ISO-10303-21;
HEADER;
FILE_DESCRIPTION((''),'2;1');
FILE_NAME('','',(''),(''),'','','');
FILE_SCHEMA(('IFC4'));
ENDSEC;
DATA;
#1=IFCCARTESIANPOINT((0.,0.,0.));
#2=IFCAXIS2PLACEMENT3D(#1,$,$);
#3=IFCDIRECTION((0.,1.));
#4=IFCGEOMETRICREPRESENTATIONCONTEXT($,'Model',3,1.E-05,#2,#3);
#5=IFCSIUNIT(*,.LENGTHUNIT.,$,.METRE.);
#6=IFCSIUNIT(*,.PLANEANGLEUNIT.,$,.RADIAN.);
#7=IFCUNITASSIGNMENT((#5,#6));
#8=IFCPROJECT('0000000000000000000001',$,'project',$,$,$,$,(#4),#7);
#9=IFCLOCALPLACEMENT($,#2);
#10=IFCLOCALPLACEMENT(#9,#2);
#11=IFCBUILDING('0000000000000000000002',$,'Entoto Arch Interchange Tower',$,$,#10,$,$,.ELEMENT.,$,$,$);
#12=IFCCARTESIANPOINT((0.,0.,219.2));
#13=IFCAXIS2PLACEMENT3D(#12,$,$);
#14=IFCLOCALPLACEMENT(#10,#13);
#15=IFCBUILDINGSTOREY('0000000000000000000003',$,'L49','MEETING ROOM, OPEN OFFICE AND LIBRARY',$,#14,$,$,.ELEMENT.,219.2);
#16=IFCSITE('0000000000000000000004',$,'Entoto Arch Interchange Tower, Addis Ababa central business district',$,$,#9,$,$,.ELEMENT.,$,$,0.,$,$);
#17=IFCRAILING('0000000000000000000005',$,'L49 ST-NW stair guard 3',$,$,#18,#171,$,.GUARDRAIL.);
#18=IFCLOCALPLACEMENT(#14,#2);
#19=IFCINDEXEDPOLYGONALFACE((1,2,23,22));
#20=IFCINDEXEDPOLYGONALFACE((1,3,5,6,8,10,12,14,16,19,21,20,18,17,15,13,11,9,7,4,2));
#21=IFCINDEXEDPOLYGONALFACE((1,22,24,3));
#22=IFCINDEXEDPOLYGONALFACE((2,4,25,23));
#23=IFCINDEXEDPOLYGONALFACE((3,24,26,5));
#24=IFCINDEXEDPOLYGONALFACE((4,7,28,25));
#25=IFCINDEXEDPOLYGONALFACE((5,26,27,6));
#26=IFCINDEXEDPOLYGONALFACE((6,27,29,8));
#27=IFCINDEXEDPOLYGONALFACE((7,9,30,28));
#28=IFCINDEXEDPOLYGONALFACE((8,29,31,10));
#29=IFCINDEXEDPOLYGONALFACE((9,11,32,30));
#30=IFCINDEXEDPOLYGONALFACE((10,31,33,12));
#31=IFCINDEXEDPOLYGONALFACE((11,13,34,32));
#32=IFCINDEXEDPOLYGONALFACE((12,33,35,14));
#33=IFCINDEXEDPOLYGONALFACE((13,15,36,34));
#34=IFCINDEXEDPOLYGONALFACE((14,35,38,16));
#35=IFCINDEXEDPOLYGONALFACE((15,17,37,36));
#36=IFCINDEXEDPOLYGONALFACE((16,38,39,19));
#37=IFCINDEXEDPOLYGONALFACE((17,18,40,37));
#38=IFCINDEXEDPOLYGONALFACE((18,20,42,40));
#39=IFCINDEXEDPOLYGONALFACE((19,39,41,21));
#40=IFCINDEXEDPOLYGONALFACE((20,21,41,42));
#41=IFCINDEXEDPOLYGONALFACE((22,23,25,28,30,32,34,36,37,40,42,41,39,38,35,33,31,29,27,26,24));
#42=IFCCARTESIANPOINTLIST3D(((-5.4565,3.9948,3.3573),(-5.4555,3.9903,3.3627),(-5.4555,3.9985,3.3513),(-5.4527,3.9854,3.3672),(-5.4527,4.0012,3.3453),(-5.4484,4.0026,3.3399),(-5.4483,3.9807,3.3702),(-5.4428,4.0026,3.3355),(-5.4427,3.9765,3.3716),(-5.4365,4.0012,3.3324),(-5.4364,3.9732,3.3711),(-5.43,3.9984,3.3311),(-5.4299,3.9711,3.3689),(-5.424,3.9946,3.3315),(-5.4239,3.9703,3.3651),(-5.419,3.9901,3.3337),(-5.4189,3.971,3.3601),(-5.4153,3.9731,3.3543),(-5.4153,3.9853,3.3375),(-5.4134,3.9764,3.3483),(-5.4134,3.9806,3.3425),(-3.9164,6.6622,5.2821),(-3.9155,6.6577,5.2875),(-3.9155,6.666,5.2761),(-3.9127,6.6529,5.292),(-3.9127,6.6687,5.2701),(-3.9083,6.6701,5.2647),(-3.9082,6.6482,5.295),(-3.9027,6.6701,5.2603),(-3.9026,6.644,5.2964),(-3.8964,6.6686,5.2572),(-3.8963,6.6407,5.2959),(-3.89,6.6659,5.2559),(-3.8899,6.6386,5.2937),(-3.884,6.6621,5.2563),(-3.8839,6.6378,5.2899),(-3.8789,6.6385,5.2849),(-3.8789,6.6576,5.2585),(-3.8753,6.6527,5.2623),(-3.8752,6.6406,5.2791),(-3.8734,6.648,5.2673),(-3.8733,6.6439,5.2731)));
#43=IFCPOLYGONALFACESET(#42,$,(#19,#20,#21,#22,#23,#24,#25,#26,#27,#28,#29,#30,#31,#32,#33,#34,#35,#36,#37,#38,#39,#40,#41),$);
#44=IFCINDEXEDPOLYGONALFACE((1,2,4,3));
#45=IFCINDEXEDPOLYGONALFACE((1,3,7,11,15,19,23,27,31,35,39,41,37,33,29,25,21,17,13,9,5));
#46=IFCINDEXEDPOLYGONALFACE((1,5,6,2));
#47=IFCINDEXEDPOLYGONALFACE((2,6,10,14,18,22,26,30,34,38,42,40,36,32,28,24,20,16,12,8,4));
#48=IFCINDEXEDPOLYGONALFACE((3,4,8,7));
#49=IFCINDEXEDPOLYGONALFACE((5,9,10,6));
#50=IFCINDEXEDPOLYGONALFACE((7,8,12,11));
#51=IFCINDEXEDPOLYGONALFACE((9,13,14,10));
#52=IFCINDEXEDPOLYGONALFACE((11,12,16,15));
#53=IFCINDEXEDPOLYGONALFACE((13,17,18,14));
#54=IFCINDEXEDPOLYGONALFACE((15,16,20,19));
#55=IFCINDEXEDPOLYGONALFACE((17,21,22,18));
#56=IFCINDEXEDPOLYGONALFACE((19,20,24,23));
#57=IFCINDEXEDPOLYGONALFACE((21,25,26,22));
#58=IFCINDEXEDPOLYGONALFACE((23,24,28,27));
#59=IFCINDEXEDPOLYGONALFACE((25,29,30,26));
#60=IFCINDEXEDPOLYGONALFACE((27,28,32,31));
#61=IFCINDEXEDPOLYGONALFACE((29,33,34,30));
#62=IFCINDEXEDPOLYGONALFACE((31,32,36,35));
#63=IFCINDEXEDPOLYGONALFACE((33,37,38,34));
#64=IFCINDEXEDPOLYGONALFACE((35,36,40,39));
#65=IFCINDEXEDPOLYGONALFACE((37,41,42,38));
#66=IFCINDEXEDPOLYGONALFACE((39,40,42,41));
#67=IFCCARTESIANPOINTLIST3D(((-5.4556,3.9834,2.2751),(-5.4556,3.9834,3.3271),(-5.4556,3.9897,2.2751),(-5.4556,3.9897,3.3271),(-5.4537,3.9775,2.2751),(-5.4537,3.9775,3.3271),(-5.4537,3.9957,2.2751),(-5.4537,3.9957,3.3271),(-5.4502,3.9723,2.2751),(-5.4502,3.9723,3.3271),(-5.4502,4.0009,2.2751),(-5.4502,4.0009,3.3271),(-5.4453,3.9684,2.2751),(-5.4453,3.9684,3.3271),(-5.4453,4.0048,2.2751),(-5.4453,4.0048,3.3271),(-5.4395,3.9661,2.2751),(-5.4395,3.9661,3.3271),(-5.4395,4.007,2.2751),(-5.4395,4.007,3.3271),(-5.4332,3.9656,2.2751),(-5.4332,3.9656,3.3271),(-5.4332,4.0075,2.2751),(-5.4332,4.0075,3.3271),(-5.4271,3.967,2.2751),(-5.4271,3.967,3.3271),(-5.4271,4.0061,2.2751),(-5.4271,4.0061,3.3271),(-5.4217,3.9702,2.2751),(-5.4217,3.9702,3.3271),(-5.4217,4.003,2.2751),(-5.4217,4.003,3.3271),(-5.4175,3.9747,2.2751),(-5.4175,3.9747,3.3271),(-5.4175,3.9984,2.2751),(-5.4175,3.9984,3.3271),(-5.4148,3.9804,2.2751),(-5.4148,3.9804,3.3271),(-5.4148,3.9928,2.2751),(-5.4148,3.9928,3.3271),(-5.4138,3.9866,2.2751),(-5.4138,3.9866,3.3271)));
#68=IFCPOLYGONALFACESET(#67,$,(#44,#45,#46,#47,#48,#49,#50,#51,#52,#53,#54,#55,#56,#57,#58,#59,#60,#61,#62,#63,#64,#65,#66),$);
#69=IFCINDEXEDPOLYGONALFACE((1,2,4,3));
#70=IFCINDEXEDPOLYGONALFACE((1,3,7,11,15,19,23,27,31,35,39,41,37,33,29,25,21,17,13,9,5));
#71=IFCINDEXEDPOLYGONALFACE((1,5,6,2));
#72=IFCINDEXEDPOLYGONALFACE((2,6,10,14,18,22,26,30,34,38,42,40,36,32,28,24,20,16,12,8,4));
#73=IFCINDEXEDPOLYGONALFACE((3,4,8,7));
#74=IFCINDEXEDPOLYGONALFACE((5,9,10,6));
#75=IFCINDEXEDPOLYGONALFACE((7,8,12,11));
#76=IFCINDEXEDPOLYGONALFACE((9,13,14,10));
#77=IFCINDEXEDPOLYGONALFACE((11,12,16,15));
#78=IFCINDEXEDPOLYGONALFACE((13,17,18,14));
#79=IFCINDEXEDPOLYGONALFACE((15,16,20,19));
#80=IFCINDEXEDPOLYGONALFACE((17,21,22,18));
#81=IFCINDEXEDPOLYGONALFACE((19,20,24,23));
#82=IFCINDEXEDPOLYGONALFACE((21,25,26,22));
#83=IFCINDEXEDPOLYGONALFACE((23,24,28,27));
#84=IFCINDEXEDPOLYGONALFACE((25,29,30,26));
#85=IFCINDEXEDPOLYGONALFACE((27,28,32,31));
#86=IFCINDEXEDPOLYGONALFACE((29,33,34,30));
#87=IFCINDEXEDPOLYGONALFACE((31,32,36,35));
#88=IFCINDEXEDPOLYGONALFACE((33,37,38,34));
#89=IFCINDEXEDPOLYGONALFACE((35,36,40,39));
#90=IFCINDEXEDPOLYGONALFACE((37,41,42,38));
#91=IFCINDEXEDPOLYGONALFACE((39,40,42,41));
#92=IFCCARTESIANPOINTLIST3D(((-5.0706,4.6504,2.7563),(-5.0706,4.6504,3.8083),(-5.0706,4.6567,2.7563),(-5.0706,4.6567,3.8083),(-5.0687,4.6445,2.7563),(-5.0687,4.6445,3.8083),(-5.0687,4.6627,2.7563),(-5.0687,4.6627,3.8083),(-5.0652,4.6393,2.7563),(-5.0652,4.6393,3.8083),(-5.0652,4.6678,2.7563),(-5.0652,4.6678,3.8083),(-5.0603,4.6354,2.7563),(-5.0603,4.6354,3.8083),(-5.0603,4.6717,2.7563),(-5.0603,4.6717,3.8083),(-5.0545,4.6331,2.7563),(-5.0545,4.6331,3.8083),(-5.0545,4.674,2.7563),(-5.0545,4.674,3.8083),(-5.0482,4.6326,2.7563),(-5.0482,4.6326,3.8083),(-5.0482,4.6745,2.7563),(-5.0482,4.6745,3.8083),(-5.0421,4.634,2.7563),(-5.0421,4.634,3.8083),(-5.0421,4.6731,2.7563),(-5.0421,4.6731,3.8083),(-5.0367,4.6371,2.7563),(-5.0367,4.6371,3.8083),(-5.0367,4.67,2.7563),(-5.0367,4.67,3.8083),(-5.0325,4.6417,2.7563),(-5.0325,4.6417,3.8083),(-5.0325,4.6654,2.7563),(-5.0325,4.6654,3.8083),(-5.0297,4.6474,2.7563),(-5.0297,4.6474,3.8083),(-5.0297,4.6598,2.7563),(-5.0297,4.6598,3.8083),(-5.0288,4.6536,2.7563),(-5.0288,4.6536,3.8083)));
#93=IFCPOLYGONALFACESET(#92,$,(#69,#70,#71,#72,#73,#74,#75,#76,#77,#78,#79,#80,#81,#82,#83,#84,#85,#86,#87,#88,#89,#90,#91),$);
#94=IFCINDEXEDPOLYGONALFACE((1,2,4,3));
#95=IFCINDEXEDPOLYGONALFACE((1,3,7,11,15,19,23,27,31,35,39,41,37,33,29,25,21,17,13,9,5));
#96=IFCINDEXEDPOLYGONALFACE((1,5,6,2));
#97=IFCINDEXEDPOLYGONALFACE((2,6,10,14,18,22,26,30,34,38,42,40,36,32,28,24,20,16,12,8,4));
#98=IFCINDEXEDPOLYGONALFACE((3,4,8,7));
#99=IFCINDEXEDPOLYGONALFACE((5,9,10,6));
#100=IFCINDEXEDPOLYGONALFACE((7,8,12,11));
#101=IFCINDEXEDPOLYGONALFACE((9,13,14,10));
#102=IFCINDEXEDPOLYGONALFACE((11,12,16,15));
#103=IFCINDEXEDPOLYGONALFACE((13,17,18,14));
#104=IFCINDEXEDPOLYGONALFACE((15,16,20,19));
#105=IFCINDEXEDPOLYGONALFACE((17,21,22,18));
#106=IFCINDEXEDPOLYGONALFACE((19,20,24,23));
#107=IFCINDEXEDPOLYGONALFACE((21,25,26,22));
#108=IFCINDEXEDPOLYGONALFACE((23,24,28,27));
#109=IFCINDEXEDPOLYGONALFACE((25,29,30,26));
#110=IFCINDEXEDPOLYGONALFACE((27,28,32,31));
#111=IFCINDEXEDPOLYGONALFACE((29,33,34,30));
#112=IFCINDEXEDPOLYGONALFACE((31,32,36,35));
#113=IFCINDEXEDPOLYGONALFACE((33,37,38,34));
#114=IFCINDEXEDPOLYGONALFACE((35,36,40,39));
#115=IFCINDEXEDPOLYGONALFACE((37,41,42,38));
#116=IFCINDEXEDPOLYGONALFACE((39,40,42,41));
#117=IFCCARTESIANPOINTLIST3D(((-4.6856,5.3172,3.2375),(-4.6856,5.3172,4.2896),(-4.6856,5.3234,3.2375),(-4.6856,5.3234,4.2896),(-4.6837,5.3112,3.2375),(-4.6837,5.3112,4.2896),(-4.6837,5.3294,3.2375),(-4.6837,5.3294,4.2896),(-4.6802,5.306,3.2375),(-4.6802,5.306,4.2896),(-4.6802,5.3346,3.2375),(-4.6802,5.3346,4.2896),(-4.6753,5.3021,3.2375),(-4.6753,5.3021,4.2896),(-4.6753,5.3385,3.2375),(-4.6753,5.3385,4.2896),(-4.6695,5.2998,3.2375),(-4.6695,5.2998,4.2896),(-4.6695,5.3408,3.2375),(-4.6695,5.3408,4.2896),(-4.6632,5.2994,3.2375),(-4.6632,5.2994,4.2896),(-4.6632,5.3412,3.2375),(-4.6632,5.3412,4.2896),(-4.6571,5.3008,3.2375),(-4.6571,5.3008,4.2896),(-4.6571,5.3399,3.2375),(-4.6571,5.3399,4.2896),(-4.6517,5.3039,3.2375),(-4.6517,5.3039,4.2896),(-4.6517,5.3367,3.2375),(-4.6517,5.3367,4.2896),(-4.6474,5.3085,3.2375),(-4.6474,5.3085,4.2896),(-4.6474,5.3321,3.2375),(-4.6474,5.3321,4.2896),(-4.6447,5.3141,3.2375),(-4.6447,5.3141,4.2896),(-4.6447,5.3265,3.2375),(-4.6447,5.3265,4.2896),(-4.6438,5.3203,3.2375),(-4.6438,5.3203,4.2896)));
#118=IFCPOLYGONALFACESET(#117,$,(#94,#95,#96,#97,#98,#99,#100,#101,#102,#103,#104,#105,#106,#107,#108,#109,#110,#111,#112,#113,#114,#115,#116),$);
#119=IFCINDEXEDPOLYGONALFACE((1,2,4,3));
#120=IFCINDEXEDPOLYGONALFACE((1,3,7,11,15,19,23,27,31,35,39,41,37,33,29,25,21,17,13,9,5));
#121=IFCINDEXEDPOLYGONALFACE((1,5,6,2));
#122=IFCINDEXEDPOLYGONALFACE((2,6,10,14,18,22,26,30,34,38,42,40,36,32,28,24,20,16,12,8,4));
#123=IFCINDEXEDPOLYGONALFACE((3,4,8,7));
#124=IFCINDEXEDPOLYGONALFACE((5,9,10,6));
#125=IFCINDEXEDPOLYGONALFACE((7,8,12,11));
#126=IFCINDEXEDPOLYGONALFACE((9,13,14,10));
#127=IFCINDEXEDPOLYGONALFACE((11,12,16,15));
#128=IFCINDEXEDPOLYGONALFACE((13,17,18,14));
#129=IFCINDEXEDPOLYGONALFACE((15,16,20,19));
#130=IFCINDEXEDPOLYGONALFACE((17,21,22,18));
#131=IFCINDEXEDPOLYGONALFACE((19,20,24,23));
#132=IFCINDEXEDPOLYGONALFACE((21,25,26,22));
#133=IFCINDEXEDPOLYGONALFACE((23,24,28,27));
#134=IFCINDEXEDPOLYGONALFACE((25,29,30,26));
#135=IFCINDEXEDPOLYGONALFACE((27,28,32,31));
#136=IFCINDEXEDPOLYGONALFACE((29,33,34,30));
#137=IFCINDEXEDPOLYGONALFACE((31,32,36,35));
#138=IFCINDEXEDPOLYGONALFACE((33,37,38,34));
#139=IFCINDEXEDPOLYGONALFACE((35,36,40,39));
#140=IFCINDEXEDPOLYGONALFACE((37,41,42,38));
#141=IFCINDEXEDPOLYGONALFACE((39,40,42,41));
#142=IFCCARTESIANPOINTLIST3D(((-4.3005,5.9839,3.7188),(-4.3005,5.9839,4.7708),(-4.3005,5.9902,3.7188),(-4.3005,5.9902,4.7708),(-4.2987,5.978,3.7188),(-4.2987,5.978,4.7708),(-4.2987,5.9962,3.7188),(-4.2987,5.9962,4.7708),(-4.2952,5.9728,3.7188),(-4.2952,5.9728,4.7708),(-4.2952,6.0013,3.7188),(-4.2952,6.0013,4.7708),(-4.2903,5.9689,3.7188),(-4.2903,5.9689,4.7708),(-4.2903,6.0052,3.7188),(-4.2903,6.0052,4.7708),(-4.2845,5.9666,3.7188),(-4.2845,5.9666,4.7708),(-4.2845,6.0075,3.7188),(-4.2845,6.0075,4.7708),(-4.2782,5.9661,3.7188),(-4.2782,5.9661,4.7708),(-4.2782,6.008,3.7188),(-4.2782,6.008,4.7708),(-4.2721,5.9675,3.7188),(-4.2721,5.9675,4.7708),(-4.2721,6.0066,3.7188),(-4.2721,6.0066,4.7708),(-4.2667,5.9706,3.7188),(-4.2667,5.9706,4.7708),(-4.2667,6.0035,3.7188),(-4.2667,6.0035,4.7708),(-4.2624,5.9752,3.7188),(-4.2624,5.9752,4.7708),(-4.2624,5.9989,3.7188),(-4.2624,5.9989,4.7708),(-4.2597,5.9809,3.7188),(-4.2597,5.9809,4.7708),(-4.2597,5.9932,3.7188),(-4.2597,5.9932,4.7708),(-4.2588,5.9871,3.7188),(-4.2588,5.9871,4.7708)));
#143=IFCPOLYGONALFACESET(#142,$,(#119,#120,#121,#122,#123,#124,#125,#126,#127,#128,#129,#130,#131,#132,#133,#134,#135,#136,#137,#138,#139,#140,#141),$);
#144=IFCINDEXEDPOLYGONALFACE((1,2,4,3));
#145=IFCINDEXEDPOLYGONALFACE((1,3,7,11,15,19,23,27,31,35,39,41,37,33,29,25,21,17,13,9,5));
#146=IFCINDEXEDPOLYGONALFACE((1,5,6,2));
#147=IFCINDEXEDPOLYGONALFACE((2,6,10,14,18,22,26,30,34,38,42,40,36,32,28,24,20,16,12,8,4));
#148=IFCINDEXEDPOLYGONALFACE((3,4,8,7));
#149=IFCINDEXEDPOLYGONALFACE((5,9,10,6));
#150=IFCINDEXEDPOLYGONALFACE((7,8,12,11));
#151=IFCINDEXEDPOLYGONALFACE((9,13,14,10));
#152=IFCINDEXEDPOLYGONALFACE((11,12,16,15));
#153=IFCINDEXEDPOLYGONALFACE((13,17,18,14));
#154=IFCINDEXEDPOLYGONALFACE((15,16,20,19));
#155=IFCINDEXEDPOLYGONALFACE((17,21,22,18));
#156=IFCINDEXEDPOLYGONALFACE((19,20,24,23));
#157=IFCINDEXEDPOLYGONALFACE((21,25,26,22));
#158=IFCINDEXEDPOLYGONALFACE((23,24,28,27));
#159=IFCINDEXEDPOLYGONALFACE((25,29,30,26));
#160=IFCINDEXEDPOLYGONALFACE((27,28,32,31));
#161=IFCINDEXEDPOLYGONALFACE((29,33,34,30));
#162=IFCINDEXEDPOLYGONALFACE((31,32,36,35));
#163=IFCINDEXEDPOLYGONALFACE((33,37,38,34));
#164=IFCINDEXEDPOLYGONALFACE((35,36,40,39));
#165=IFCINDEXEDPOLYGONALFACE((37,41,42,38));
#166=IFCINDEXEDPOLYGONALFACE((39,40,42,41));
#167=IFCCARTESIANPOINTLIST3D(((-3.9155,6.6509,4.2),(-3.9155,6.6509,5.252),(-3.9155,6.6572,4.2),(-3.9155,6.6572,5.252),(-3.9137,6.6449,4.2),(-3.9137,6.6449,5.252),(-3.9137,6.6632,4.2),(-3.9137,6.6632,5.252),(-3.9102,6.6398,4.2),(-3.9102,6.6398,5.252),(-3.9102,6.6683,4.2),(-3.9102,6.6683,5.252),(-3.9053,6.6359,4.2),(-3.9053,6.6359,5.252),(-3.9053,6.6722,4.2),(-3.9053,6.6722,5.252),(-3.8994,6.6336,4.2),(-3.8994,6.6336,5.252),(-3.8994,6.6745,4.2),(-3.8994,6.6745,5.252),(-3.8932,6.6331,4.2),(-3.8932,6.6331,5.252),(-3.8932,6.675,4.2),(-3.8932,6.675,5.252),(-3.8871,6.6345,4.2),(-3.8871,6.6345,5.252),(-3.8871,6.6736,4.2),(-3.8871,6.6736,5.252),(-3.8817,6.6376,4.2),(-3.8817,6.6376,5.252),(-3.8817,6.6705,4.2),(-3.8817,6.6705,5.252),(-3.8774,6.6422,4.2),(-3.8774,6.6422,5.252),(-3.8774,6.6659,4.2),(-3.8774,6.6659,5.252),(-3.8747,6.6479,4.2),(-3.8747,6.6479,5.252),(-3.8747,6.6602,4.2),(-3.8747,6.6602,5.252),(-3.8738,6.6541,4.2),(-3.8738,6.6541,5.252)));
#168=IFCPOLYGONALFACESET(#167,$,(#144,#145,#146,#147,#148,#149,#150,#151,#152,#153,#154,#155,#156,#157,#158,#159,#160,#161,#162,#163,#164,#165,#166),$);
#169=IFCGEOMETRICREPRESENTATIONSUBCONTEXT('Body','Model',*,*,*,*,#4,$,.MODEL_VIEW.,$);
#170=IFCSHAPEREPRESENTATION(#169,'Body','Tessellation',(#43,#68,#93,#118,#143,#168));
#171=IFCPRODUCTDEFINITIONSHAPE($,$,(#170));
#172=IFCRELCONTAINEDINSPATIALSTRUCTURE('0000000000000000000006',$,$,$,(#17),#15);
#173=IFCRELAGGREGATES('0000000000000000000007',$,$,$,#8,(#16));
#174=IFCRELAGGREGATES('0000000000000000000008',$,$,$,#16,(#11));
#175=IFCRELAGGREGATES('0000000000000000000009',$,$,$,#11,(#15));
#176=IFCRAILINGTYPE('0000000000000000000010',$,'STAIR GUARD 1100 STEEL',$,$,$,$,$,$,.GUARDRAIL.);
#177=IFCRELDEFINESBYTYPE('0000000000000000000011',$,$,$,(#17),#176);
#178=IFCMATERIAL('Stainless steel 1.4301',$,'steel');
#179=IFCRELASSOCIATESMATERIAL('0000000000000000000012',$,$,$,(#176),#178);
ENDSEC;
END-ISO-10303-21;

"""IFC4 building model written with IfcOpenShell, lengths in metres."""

from ifc_helpers import new_model, si_unit, direction, frame, origin, origin_2d, place, context, subcontext, project, spatial, circle, extrude, material, type_object, element, save


model = new_model("IFC4")

# Units and contexts
model_context = context("Model", 3, precision=1e-05, world=origin(), true_north=direction((0.0, 1.0)))
body_context = subcontext(model_context, "Body", "Model", "MODEL_VIEW")
ifc_project = project(units=[si_unit("LENGTHUNIT", "METRE"), si_unit("PLANEANGLEUNIT", "RADIAN")], contexts=[model_context])

# Site, building, storey
site_placement = place(None, origin())
site = spatial("IfcSite", under=ifc_project, at=site_placement, Name="Entoto Arch Interchange Tower, Addis Ababa central business district", CompositionType="ELEMENT", RefElevation=0.0)
building_placement = place(site_placement, origin())
building = spatial("IfcBuilding", under=site, at=building_placement, Name="Entoto Arch Interchange Tower", CompositionType="ELEMENT")
storey_placement = place(building_placement, frame((0.0, 0.0, 219.2)))
storey = spatial("IfcBuildingStorey", under=building, at=storey_placement, Name="L49", Description="MEETING ROOM, OPEN OFFICE AND LIBRARY", CompositionType="ELEMENT", Elevation=219.2)

# Railing
ifc_material_1 = material(Name="Stainless steel 1.4301", Category="steel")
railing_type = type_object("IfcRailingType", Name="STAIR GUARD 1100 STEEL", PredefinedType="GUARDRAIL", material=ifc_material_1)
railing_1_placement = place(storey_placement, frame((-5.4348, 3.9866, 2.2751)))
element("IfcRailing", 1, at=railing_1_placement, inside=storey, type_object=railing_type, Name="L49 ST-NW stair guard 3", PredefinedType="GUARDRAIL", context=body_context, shape_type="SweptSolid", body=[
    extrude(circle(Radius=0.0239, at=origin_2d()), frame((0.0, 0.0, 1.0762), z_axis=(0.42401, 0.734421, 0.529945), x_axis=(-0.86603, 0.499992, 0.0)), (0.0, 0.0, 1.0), 3.6321),
    extrude(circle(Radius=0.021, at=origin_2d()), origin(), (0.0, 0.0, 1.0), 1.052),
    extrude(circle(Radius=0.021, at=origin_2d()), frame((0.385, 0.667, 0.4812)), (0.0, 0.0, 1.0), 1.052),
    extrude(circle(Radius=0.021, at=origin_2d()), frame((0.77, 1.3337, 0.9624)), (0.0, 0.0, 1.0), 1.052),
    extrude(circle(Radius=0.021, at=origin_2d()), frame((1.155, 2.0005, 1.4436)), (0.0, 0.0, 1.0), 1.052),
    extrude(circle(Radius=0.021, at=origin_2d()), frame((1.54, 2.6675, 1.9248)), (0.0, 0.0, 1.0), 1.052),
])

save(model, "model.ifc")
